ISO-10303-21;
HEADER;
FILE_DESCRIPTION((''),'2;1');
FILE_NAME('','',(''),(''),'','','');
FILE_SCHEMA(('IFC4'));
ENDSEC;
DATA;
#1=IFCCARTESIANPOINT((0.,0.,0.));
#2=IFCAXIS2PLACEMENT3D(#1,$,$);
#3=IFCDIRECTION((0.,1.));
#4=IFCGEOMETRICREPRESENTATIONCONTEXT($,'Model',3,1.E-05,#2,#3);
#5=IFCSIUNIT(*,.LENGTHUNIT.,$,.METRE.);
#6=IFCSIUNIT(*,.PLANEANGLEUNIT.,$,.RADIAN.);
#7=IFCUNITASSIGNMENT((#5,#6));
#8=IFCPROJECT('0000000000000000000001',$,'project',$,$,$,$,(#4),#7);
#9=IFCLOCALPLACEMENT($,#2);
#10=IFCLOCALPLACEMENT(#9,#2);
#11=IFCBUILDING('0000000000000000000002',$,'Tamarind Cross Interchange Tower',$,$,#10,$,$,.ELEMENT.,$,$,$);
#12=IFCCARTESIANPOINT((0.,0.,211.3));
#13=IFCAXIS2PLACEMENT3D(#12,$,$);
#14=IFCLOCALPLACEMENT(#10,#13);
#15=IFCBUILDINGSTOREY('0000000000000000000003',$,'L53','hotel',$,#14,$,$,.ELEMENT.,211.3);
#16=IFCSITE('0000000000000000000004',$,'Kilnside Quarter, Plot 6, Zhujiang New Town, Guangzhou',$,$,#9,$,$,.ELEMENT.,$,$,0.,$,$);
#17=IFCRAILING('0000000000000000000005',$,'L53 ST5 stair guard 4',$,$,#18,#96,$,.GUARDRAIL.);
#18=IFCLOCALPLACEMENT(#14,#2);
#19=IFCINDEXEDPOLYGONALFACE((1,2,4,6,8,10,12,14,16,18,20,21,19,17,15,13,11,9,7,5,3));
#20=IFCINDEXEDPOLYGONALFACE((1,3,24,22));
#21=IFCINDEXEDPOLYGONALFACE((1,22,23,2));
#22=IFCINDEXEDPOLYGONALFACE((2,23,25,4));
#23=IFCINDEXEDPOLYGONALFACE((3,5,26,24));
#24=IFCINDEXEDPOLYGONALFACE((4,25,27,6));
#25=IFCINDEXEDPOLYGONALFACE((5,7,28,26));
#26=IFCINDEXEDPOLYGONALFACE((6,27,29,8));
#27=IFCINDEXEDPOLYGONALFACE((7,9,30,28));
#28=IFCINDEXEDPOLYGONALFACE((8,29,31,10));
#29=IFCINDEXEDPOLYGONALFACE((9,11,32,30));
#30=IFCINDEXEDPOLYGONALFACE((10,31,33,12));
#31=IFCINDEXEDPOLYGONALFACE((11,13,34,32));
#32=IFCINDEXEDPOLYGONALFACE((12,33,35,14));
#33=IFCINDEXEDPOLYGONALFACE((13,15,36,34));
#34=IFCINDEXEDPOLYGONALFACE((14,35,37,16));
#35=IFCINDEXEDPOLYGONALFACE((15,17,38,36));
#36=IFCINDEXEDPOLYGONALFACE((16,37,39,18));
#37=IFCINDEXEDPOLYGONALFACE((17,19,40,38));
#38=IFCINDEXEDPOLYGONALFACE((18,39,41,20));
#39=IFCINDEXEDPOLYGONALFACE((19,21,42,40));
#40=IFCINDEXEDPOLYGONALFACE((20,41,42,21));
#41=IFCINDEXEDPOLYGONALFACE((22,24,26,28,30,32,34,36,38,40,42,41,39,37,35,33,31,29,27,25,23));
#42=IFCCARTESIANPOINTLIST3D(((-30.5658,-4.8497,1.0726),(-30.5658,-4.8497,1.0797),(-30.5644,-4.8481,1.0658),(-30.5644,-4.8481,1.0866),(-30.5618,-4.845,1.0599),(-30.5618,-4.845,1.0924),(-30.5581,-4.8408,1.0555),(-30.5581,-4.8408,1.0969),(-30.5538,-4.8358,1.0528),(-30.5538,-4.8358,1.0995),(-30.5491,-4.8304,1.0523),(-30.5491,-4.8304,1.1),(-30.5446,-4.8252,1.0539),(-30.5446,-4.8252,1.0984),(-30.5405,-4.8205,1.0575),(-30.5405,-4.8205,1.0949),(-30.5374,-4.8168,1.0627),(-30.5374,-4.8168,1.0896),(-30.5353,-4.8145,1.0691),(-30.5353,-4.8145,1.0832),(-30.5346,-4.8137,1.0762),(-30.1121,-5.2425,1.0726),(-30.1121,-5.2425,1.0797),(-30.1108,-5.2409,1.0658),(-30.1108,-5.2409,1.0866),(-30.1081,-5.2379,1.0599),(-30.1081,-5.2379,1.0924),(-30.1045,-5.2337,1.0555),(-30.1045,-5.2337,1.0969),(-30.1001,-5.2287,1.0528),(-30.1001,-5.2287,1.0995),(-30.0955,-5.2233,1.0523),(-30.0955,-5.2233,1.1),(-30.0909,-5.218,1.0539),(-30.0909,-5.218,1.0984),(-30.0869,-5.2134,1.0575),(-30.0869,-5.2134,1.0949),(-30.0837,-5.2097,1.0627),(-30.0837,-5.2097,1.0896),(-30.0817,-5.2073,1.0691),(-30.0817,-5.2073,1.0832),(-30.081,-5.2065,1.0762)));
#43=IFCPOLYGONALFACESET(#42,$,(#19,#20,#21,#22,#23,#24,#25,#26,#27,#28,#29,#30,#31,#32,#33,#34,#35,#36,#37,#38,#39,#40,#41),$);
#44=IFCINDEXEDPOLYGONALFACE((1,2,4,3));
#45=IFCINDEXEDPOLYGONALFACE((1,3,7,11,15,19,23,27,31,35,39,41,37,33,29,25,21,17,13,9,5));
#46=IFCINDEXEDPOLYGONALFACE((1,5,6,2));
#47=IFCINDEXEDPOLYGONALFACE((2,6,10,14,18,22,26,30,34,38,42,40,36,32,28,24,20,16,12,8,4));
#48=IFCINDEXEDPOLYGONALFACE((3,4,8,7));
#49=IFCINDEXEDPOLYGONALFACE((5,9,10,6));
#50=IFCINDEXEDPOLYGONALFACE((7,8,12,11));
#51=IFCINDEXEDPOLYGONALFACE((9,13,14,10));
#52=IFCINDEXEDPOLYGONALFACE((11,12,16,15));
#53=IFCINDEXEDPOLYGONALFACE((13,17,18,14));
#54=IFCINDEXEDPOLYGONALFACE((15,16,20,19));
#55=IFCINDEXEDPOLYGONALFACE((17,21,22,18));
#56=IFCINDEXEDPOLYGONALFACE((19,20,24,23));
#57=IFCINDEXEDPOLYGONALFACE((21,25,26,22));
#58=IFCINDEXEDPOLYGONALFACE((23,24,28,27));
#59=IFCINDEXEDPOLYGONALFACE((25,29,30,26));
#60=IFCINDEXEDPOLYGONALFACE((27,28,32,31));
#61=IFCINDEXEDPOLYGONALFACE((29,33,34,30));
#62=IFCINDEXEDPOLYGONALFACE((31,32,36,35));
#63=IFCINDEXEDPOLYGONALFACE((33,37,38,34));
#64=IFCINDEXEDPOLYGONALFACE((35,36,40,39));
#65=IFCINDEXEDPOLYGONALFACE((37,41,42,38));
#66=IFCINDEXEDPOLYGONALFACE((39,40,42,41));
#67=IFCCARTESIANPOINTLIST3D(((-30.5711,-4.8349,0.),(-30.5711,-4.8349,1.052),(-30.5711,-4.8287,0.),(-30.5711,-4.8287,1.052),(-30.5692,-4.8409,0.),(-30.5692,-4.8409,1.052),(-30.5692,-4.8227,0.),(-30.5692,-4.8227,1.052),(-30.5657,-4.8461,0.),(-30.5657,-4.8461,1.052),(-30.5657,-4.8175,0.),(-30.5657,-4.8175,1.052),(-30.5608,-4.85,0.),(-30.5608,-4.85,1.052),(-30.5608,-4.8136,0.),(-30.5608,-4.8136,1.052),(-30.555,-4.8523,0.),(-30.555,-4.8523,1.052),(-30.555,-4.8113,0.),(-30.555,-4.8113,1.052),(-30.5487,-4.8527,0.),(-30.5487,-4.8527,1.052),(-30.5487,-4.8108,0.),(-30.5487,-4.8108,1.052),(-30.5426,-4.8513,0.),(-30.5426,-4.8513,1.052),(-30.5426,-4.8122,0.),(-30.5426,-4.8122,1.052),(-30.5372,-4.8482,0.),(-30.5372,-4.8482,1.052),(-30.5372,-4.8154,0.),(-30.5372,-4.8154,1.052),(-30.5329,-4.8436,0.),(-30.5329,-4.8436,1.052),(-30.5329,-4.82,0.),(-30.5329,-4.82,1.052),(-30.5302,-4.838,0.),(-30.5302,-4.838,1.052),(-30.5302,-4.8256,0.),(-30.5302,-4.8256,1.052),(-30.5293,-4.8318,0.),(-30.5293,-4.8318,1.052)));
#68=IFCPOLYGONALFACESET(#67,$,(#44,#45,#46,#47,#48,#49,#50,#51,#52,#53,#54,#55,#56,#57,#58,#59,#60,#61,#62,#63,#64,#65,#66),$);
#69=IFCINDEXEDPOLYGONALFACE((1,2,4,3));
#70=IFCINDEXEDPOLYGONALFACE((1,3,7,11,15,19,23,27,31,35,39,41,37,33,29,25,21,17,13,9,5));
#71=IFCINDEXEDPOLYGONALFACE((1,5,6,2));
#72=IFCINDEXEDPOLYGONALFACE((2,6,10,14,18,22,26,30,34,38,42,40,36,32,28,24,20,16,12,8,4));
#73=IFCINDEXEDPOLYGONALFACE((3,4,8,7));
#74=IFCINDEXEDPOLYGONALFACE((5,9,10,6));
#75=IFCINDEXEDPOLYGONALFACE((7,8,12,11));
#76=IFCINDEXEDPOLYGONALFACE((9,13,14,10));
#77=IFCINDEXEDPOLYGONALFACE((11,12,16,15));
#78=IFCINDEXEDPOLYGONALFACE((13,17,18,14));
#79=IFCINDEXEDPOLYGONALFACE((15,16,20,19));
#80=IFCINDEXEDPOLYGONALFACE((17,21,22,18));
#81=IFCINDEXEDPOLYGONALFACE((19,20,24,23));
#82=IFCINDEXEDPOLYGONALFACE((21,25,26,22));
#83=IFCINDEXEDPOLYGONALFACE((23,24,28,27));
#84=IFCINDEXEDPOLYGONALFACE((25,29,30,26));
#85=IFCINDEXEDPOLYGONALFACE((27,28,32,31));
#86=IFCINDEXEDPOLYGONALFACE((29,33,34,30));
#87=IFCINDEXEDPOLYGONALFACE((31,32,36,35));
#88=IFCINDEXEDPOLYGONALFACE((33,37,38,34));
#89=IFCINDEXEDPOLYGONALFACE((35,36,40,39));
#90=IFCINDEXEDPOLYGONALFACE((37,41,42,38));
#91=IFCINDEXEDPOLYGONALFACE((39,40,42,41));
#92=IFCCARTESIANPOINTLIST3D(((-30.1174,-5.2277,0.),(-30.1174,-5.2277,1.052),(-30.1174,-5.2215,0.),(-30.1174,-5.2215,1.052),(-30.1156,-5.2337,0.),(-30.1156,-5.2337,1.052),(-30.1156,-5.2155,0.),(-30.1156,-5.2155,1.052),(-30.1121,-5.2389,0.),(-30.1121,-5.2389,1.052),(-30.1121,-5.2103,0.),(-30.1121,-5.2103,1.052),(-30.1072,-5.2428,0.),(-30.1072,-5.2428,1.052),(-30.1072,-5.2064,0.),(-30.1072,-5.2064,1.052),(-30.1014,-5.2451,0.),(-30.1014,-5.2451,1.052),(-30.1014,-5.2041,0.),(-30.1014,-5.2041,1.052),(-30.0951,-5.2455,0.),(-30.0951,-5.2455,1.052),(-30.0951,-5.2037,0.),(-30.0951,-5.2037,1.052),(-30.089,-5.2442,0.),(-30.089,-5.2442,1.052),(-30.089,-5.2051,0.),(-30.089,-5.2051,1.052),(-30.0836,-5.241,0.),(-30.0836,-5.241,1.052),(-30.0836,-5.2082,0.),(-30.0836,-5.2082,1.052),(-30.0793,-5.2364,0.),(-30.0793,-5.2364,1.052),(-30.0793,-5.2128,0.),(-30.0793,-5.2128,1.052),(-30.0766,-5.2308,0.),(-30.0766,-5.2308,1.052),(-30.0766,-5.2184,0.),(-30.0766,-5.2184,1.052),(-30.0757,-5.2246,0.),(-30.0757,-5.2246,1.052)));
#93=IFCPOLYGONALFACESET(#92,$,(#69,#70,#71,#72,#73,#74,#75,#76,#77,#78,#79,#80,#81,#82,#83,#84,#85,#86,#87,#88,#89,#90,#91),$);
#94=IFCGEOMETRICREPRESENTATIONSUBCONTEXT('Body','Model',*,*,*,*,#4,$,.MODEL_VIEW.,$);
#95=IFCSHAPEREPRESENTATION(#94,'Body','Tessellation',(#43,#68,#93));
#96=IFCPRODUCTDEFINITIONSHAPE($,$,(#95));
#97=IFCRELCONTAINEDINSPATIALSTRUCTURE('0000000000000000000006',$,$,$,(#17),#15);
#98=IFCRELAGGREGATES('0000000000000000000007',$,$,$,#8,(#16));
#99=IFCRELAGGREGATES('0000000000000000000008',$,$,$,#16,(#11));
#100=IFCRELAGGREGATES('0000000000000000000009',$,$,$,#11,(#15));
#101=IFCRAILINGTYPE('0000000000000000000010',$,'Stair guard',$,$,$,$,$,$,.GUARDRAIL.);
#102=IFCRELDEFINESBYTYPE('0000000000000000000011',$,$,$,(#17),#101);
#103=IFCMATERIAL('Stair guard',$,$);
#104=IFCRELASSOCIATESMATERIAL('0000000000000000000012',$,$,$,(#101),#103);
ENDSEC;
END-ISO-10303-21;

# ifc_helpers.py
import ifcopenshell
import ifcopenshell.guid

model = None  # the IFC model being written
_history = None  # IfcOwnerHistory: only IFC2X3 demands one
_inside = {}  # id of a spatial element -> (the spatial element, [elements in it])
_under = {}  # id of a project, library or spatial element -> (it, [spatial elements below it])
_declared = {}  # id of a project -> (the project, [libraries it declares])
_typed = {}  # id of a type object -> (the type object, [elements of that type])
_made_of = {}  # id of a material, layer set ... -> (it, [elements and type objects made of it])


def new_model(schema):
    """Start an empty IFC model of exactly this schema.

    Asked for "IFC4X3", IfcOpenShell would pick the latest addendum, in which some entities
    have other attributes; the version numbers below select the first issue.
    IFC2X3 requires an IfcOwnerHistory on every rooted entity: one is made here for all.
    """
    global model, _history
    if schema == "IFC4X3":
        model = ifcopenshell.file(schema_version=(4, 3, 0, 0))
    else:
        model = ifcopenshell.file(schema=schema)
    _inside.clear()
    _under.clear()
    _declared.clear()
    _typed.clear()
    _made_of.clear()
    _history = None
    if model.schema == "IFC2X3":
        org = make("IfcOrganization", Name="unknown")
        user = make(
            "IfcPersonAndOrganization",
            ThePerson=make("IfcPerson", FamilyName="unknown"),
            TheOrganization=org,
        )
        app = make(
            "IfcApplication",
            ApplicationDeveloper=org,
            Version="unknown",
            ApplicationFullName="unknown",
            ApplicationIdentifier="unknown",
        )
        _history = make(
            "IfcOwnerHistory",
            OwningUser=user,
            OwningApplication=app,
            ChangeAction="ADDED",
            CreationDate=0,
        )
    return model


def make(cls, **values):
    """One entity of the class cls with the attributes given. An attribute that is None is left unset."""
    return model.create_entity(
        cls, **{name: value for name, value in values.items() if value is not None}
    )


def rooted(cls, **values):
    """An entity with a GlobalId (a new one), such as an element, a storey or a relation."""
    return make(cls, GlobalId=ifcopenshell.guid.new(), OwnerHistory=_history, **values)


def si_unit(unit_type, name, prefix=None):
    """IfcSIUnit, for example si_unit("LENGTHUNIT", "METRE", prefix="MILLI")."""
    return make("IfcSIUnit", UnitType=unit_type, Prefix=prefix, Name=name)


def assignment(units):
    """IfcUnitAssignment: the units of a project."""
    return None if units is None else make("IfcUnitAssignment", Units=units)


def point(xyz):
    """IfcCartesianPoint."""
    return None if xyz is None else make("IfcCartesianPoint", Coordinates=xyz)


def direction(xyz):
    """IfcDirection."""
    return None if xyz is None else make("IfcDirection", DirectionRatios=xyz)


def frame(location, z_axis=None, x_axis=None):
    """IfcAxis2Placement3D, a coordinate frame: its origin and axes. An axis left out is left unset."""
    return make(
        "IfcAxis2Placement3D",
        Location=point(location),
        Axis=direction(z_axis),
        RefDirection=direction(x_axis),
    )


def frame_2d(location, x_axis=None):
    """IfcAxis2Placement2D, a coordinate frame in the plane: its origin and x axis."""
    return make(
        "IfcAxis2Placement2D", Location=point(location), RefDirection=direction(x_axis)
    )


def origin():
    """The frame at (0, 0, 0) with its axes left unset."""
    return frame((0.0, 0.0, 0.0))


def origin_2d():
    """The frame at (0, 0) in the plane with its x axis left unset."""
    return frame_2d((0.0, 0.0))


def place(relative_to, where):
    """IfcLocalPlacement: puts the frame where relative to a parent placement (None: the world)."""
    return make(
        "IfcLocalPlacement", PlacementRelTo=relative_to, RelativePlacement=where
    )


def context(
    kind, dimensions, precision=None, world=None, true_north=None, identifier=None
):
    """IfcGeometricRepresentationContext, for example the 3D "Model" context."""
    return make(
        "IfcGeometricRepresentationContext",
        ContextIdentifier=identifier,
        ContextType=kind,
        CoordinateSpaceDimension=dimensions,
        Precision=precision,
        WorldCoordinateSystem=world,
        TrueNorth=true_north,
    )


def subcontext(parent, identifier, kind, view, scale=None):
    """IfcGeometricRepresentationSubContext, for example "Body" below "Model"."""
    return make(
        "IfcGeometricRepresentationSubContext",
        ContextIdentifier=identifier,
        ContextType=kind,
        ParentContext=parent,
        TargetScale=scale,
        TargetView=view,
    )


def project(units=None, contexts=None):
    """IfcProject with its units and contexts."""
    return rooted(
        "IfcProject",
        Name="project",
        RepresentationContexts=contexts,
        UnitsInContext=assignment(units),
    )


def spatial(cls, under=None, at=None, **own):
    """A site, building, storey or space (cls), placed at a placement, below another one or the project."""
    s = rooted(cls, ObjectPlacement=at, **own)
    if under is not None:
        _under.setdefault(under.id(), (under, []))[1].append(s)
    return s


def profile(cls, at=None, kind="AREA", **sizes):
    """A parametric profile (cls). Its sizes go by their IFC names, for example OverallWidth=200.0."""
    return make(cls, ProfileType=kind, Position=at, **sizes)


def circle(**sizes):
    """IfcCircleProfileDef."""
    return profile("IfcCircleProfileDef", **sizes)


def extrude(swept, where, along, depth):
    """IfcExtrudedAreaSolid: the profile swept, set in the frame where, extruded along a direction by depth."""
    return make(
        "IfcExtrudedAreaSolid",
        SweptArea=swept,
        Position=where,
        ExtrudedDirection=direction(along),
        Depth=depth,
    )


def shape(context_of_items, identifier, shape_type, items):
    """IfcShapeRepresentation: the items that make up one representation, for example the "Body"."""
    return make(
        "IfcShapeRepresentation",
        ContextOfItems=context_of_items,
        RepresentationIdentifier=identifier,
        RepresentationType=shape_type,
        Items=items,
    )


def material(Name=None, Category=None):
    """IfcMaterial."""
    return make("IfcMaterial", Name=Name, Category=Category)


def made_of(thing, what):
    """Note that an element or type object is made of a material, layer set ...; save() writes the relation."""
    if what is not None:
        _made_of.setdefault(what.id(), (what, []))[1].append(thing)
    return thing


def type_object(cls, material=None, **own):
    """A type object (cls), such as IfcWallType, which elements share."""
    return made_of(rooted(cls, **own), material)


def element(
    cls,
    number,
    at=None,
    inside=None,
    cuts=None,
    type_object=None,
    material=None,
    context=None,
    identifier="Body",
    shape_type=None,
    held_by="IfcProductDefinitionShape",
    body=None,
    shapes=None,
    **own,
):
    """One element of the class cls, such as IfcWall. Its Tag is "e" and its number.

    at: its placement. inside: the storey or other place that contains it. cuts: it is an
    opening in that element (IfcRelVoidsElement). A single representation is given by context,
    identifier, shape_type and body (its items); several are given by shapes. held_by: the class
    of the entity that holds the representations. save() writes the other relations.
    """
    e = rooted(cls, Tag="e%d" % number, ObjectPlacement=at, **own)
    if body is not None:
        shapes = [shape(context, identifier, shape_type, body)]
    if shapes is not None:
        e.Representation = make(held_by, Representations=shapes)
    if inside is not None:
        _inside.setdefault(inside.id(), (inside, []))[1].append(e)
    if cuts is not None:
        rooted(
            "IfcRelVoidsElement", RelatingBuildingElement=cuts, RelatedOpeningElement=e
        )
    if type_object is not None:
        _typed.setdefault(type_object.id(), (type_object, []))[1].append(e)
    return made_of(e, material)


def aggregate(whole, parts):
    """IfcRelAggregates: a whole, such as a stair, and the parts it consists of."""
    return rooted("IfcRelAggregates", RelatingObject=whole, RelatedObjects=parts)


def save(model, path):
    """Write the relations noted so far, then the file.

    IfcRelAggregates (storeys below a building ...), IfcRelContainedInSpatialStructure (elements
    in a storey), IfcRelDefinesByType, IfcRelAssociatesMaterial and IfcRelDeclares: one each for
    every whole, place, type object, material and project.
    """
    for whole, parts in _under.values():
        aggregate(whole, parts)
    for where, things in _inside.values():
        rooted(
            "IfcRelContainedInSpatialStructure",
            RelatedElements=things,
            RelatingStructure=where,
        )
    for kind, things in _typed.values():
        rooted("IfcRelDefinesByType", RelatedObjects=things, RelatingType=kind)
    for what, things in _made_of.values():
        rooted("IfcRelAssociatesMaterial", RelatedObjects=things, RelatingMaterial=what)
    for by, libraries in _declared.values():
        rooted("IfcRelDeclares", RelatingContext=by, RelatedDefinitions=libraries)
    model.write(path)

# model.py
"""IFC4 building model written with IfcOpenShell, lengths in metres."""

from ifc_helpers import new_model, si_unit, direction, frame, origin, origin_2d, place, context, subcontext, project, spatial, circle, extrude, material, type_object, element, save


model = new_model("IFC4")

# Units and contexts
model_context = context("Model", 3, precision=1e-05, world=origin(), true_north=direction((0.0, 1.0)))
body_context = subcontext(model_context, "Body", "Model", "MODEL_VIEW")
ifc_project = project(units=[si_unit("LENGTHUNIT", "METRE"), si_unit("PLANEANGLEUNIT", "RADIAN")], contexts=[model_context])

# Site, building, storey
site_placement = place(None, origin())
site = spatial("IfcSite", under=ifc_project, at=site_placement, Name="Kilnside Quarter, Plot 6, Zhujiang New Town, Guangzhou", CompositionType="ELEMENT", RefElevation=0.0)
building_placement = place(site_placement, origin())
building = spatial("IfcBuilding", under=site, at=building_placement, Name="Tamarind Cross Interchange Tower", CompositionType="ELEMENT")
storey_placement = place(building_placement, frame((0.0, 0.0, 211.3)))
storey = spatial("IfcBuildingStorey", under=building, at=storey_placement, Name="L53", Description="hotel", CompositionType="ELEMENT", Elevation=211.3)

# Railing
ifc_material_1 = material(Name="Stair guard")
railing_type_1 = type_object("IfcRailingType", Name="Stair guard", PredefinedType="GUARDRAIL", material=ifc_material_1)
railing_1_placement = place(storey_placement, frame((-30.5503, -4.8318, 0.0)))
element("IfcRailing", 1, at=railing_1_placement, inside=storey, type_object=railing_type_1, Name="L53 ST5 stair guard 4", PredefinedType="GUARDRAIL", context=body_context, shape_type="SweptSolid", body=[
    extrude(circle(Radius=0.0239, at=origin_2d()), frame((0.0, 0.0, 1.0762), z_axis=(0.755944, -0.654636, 0.0), x_axis=(0.654636, 0.755944, 0.0)), (0.0, 0.0, 1.0), 0.6001),
    extrude(circle(Radius=0.021, at=origin_2d()), origin(), (0.0, 0.0, 1.0), 1.052),
    extrude(circle(Radius=0.021, at=origin_2d()), frame((0.4536, -0.3928, 0.0)), (0.0, 0.0, 1.0), 1.052),
])

save(model, "model.ifc")
